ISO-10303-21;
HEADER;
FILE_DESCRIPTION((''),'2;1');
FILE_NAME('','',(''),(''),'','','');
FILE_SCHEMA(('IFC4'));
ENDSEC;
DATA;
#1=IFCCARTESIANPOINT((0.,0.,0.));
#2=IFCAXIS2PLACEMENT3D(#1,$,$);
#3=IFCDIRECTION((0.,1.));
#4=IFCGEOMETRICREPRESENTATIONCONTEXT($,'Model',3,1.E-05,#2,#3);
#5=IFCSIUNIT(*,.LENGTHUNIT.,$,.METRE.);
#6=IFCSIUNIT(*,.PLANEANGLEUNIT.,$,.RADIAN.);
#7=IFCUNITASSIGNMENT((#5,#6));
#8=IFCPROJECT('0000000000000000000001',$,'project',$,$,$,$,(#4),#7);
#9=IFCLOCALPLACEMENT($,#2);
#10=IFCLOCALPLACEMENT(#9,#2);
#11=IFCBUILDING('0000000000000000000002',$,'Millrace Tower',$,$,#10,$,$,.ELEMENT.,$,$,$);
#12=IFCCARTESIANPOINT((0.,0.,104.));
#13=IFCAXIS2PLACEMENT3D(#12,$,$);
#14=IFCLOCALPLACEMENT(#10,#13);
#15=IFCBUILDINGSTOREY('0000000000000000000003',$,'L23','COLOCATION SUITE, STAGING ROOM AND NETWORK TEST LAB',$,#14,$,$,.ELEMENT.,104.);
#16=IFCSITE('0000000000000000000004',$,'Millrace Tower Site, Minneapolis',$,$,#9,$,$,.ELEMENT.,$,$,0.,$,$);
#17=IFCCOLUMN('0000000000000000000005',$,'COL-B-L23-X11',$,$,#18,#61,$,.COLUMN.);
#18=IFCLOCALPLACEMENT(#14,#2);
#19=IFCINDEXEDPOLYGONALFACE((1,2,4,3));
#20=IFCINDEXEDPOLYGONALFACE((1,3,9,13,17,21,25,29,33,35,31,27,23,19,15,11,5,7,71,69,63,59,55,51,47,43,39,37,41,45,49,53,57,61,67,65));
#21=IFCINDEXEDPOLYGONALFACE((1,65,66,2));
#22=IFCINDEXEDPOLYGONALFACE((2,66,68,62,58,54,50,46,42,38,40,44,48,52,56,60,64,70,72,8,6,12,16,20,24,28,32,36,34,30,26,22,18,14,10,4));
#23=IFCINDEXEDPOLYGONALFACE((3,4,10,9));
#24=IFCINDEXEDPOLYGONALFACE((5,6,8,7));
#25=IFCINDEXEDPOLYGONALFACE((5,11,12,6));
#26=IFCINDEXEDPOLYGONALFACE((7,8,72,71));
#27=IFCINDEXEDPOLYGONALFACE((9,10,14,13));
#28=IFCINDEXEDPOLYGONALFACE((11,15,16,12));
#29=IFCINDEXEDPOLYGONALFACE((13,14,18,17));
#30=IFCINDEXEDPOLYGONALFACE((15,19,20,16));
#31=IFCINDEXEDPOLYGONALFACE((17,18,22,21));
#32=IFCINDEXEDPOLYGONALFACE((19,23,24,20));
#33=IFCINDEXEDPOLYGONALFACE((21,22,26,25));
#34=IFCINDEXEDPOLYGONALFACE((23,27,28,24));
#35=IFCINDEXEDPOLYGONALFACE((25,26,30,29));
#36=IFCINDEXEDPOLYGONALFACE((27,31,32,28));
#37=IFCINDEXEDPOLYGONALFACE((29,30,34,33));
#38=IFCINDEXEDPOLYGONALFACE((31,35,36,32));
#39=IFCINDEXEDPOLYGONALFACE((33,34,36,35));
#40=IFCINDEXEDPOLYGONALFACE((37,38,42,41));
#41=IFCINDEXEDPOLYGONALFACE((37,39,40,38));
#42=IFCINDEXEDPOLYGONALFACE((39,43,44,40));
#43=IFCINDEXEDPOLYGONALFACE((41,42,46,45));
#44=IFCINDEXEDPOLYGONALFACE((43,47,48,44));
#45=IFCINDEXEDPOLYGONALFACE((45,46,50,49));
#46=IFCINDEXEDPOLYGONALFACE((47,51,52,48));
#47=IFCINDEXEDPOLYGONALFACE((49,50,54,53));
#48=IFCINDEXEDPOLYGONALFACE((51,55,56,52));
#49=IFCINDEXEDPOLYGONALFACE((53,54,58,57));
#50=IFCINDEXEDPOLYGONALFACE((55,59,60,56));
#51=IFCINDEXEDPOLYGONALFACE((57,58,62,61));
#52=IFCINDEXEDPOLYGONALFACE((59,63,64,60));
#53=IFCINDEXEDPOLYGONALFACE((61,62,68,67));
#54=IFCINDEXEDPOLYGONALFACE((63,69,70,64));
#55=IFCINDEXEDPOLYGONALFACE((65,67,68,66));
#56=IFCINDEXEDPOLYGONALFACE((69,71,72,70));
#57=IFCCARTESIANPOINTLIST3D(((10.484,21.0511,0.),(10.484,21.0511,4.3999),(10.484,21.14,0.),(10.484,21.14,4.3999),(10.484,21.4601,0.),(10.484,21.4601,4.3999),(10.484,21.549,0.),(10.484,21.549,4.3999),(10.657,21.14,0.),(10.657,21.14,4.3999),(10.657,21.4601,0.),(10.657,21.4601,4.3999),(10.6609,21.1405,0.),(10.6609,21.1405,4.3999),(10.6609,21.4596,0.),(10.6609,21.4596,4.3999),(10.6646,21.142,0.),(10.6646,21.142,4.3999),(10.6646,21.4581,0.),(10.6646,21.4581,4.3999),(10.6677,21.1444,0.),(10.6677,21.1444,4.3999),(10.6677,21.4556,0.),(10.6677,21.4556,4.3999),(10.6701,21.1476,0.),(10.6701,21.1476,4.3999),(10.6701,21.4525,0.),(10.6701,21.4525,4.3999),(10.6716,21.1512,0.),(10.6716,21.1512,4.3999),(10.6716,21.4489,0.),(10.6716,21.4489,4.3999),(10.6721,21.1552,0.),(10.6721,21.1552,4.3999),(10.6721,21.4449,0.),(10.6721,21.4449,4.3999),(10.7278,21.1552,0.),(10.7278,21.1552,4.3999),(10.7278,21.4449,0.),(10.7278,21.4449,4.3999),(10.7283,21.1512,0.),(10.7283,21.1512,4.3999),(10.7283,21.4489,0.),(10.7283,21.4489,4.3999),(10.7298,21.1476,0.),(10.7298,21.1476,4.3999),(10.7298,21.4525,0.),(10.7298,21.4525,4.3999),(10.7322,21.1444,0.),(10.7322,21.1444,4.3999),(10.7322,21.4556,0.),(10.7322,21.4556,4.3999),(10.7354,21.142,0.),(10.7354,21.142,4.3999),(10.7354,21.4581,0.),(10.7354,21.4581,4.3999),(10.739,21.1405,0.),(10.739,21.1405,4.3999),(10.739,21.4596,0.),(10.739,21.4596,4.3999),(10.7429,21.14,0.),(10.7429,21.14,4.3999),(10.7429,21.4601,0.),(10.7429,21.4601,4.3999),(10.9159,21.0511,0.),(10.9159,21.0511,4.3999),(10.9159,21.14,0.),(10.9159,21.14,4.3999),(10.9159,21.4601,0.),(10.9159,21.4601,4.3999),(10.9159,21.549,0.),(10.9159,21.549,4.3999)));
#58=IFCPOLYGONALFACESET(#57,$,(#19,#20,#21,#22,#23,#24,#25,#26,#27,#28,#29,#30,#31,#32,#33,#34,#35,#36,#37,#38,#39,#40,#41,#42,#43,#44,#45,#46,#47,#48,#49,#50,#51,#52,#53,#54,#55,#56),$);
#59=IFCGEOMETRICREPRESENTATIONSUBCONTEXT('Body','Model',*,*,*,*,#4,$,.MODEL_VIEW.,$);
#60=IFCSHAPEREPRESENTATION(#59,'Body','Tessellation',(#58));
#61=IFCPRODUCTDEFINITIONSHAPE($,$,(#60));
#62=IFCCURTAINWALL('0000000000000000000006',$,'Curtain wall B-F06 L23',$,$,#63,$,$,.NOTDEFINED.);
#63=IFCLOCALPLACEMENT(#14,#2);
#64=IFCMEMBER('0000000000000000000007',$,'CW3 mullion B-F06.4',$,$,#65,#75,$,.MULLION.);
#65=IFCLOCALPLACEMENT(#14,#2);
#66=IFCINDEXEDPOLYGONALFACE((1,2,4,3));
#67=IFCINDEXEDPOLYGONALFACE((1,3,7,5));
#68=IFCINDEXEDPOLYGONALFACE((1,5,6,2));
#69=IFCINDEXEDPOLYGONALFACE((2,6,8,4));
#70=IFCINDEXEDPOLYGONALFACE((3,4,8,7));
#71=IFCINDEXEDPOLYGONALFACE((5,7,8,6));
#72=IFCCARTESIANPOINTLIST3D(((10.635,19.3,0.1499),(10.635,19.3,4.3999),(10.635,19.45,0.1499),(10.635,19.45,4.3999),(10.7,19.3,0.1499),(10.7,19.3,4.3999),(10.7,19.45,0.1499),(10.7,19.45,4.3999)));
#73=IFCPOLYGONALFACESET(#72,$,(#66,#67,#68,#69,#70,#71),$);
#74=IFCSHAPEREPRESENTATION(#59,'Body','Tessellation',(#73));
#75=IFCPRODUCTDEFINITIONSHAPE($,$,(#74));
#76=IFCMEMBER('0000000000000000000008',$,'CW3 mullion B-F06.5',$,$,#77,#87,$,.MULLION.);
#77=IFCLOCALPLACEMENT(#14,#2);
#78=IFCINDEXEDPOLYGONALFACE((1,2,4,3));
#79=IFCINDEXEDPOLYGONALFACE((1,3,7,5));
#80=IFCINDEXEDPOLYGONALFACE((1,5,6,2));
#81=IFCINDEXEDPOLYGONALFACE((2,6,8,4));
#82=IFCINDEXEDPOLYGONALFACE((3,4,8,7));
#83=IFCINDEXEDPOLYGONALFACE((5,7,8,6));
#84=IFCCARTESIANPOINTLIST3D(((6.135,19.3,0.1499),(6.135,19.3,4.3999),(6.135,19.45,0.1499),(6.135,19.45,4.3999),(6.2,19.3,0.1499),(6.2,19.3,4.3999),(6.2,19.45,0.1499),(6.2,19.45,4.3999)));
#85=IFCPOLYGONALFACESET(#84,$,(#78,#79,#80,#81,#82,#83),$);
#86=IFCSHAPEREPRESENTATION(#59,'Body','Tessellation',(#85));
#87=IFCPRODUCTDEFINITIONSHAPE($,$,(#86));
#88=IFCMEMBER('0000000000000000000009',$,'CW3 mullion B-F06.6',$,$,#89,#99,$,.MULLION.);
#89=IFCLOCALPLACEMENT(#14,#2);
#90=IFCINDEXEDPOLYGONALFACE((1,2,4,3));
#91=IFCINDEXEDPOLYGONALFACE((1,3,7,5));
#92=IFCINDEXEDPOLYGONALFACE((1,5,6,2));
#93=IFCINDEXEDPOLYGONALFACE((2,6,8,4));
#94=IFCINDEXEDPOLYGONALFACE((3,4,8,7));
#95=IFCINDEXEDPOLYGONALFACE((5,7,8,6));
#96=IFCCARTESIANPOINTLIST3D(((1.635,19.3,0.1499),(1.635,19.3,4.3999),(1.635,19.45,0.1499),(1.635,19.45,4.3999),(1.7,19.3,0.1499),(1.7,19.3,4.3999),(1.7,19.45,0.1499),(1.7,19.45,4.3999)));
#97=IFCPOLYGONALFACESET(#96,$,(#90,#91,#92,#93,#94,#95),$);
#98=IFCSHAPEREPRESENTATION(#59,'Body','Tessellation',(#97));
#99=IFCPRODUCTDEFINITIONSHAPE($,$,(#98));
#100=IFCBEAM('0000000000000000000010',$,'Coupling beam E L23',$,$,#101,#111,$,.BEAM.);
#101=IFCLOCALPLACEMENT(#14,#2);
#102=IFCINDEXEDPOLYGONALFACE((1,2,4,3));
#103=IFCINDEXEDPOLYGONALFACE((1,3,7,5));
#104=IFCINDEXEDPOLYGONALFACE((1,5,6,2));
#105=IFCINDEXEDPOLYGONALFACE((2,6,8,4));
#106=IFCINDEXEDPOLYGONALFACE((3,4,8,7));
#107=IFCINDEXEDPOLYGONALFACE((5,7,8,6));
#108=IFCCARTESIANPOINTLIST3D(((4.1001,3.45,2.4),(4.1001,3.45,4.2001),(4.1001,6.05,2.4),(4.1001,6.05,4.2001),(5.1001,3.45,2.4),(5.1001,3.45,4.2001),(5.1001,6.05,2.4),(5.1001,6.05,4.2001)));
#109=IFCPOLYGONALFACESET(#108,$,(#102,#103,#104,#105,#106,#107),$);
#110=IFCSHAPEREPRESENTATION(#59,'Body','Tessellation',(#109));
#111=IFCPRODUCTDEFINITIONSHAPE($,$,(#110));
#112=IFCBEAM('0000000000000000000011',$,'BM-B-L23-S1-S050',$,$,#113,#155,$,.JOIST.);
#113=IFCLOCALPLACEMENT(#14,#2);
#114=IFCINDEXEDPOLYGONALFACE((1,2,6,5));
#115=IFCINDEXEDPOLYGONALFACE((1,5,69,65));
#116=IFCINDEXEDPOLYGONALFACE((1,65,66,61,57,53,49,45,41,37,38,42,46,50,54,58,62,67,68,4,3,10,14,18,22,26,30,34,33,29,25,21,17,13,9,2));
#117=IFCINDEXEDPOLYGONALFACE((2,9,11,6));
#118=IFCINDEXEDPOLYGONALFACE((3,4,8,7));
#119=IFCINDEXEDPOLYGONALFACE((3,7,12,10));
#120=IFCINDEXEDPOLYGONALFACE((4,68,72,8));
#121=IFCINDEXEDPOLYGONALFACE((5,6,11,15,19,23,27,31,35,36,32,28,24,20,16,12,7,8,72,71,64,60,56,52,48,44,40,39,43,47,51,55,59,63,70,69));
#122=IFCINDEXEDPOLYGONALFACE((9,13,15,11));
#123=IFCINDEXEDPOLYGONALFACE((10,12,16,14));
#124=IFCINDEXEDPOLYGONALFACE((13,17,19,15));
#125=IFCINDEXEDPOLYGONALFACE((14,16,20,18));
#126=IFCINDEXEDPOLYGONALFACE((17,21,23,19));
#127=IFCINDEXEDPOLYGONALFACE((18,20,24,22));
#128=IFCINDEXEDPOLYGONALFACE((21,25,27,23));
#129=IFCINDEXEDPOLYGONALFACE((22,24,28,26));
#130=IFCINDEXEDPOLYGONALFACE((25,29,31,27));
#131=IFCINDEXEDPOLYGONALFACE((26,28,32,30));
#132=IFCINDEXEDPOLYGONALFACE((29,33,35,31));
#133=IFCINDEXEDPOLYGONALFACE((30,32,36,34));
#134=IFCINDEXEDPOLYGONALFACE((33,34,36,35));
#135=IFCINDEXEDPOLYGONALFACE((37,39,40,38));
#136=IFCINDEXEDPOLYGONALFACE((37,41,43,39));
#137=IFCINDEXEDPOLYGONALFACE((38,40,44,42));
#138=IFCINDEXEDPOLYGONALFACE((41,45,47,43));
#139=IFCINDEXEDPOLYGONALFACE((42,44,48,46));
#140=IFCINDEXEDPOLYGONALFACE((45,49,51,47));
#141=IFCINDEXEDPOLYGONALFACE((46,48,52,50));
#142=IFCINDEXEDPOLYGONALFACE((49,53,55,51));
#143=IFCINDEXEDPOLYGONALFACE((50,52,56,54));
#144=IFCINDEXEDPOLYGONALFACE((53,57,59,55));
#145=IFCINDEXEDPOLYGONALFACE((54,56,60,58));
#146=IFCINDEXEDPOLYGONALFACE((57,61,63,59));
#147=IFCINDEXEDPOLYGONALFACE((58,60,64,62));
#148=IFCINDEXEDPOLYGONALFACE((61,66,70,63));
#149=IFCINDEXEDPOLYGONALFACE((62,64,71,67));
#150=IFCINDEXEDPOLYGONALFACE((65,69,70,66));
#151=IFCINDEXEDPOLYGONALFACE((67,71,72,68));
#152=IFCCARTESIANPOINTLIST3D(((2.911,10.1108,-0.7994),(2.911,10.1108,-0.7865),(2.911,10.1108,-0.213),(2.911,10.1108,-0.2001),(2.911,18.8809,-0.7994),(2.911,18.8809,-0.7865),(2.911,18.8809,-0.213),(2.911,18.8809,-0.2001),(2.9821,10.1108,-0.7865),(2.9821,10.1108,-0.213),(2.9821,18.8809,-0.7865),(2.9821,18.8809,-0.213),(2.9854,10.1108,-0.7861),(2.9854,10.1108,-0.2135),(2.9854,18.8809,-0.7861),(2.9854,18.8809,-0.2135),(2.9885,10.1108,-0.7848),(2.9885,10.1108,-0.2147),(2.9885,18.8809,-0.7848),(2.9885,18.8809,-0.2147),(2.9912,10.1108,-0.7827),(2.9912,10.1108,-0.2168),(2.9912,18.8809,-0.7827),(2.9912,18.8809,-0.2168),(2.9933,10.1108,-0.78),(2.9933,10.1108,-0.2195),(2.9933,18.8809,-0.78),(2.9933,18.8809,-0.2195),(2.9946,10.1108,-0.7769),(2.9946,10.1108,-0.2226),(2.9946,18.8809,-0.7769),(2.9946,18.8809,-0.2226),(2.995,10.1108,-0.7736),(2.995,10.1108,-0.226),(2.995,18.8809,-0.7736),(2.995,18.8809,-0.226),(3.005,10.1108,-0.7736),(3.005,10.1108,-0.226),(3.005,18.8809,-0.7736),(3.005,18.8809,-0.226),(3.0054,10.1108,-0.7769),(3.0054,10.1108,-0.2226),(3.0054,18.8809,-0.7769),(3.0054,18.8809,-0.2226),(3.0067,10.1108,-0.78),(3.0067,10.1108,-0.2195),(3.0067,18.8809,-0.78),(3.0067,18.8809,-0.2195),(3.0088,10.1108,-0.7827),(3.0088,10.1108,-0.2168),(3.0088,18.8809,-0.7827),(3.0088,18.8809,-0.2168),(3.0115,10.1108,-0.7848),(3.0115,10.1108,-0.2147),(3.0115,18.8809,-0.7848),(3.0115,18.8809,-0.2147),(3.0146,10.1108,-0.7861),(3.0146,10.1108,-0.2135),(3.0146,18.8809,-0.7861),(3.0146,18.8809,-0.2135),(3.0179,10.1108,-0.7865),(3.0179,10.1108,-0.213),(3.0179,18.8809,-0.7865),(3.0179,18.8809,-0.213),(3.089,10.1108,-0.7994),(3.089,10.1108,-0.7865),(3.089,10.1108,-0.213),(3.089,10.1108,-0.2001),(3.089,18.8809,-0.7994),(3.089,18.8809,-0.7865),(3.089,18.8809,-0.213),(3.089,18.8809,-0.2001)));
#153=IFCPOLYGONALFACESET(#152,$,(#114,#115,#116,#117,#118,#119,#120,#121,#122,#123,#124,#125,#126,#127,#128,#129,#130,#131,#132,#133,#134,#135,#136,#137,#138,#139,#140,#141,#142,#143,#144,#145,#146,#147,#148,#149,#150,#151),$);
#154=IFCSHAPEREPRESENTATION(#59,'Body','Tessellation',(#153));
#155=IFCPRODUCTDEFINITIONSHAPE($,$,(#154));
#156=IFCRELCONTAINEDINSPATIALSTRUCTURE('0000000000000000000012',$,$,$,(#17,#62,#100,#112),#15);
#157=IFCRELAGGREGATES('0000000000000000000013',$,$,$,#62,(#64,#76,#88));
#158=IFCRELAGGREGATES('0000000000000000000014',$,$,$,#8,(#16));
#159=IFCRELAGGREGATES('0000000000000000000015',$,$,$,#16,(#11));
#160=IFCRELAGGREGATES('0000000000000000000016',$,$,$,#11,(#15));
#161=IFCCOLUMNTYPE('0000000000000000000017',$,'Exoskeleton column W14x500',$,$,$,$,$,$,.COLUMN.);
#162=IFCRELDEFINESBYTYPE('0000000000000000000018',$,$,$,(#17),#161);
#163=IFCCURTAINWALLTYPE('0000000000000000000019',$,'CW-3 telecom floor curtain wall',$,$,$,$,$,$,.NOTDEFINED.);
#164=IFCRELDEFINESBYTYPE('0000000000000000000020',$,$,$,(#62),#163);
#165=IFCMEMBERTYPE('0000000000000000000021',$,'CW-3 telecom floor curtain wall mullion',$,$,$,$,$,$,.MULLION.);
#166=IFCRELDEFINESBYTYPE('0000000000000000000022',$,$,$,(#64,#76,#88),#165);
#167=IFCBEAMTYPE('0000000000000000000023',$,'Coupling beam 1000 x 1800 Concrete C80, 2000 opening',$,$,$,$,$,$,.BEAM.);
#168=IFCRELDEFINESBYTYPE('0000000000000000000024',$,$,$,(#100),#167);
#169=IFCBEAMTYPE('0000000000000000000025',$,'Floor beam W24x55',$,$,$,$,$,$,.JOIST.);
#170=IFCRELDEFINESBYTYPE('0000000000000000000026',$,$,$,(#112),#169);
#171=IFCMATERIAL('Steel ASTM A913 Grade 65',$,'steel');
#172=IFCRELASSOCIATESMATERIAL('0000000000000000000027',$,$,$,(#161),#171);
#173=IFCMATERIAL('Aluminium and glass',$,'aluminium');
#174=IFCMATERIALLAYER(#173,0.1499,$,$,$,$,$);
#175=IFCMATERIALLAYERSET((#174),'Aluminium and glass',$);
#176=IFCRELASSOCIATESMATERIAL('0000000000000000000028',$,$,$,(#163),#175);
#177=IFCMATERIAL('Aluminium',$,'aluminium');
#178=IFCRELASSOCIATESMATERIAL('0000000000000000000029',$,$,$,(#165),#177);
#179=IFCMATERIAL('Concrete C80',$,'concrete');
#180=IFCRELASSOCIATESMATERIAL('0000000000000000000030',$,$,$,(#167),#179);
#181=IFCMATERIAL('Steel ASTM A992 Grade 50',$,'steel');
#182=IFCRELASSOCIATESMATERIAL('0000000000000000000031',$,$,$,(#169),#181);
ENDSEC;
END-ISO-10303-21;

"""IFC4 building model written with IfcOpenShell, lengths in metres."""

from ifc_helpers import new_model, si_unit, direction, frame, origin, origin_2d, place, context, subcontext, project, spatial, rectangle, i_section, extrude, material, layer, layer_set, material_profile, profile_set, type_object, element, aggregate, save


model = new_model("IFC4")

# Units and contexts
model_context = context("Model", 3, precision=1e-05, world=origin(), true_north=direction((0.0, 1.0)))
body_context = subcontext(model_context, "Body", "Model", "MODEL_VIEW")
ifc_project = project(units=[si_unit("LENGTHUNIT", "METRE"), si_unit("PLANEANGLEUNIT", "RADIAN")], contexts=[model_context])

# Site, building, storey
site_placement = place(None, origin())
site = spatial("IfcSite", under=ifc_project, at=site_placement, Name="Millrace Tower Site, Minneapolis", CompositionType="ELEMENT", RefElevation=0.0)
building_placement = place(site_placement, origin())
building = spatial("IfcBuilding", under=site, at=building_placement, Name="Millrace Tower", CompositionType="ELEMENT")
storey_placement = place(building_placement, frame((0.0, 0.0, 104.0)))
storey = spatial("IfcBuildingStorey", under=building, at=storey_placement, Name="L23", Description="COLOCATION SUITE, STAGING ROOM AND NETWORK TEST LAB", CompositionType="ELEMENT", Elevation=104.0)

# Column
ifc_material_1 = material(Name="Steel ASTM A913 Grade 65", Category="steel")
ifc_material_profile_1 = material_profile(ifc_material_1, i_section(OverallWidth=0.4319, OverallDepth=0.4978, WebThickness=0.0557, FlangeThickness=0.0889, FilletRadius=0.0151, at=origin_2d()))
ifc_profile_set_1 = profile_set([ifc_material_profile_1], Name="Steel ASTM A913 Grade 65")
column_type = type_object("IfcColumnType", Name="Exoskeleton column W14x500", PredefinedType="COLUMN", material=ifc_profile_set_1)
column_placement = place(storey_placement, frame((10.7, 21.3, 0.0), z_axis=(0.0, 0.0, 1.0), x_axis=(-1.0, 0.0, 0.0)))
element("IfcColumn", 1, at=column_placement, inside=storey, type_object=column_type, Name="COL-B-L23-X11", PredefinedType="COLUMN", context=body_context, shape_type="SweptSolid", body=[
    extrude(i_section(OverallWidth=0.4319, OverallDepth=0.4978, WebThickness=0.0557, FlangeThickness=0.0889, FilletRadius=0.0151, at=origin_2d()), origin(), (0.0, 0.0, 1.0), 4.3999),
])

# Curtain wall, members
ifc_material_2 = material(Name="Aluminium and glass", Category="aluminium")
ifc_layer_1 = layer(ifc_material_2, 0.1499)
ifc_layer_set_1 = layer_set([ifc_layer_1], Name="Aluminium and glass")
curtain_wall_type = type_object("IfcCurtainWallType", Name="CW-3 telecom floor curtain wall", PredefinedType="NOTDEFINED", material=ifc_layer_set_1)
curtain_wall_placement = place(storey_placement, origin())
curtain_wall = element("IfcCurtainWall", 2, at=curtain_wall_placement, inside=storey, type_object=curtain_wall_type, Name="Curtain wall B-F06 L23", PredefinedType="NOTDEFINED")
ifc_material_3 = material(Name="Aluminium", Category="aluminium")
ifc_material_profile_2 = material_profile(ifc_material_3, rectangle(XDim=0.0649, YDim=0.1499, at=origin_2d()))
ifc_profile_set_2 = profile_set([ifc_material_profile_2], Name="Aluminium")
member_type = type_object("IfcMemberType", Name="CW-3 telecom floor curtain wall mullion", PredefinedType="MULLION", material=ifc_profile_set_2)
member_1_placement = place(storey_placement, frame((10.6675, 19.375, 0.1499), z_axis=(0.0, 0.0, 1.0), x_axis=(-1.0, 0.0, 0.0)))
member_1 = element("IfcMember", 3, at=member_1_placement, type_object=member_type, Name="CW3 mullion B-F06.4", PredefinedType="MULLION", context=body_context, shape_type="SweptSolid", body=[
    extrude(rectangle(XDim=0.0649, YDim=0.1499, at=origin_2d()), origin(), (0.0, 0.0, 1.0), 4.25),
])
member_2_placement = place(storey_placement, frame((6.1675, 19.375, 0.1499), z_axis=(0.0, 0.0, 1.0), x_axis=(-1.0, 0.0, 0.0)))
member_2 = element("IfcMember", 4, at=member_2_placement, type_object=member_type, Name="CW3 mullion B-F06.5", PredefinedType="MULLION", context=body_context, shape_type="SweptSolid", body=[
    extrude(rectangle(XDim=0.0649, YDim=0.1499, at=origin_2d()), origin(), (0.0, 0.0, 1.0), 4.25),
])
member_3_placement = place(storey_placement, frame((1.6675, 19.375, 0.1499), z_axis=(0.0, 0.0, 1.0), x_axis=(-1.0, 0.0, 0.0)))
member_3 = element("IfcMember", 5, at=member_3_placement, type_object=member_type, Name="CW3 mullion B-F06.6", PredefinedType="MULLION", context=body_context, shape_type="SweptSolid", body=[
    extrude(rectangle(XDim=0.0649, YDim=0.1499, at=origin_2d()), origin(), (0.0, 0.0, 1.0), 4.25),
])
aggregate(curtain_wall, [member_1, member_2, member_3])

# Beams
ifc_material_4 = material(Name="Concrete C80", Category="concrete")
ifc_material_profile_3 = material_profile(ifc_material_4, rectangle(XDim=1.0, YDim=1.8, at=origin_2d()))
ifc_profile_set_3 = profile_set([ifc_material_profile_3], Name="Concrete C80")
beam_type_1 = type_object("IfcBeamType", Name="Coupling beam 1000 x 1800 Concrete C80, 2000 opening", PredefinedType="BEAM", material=ifc_profile_set_3)
beam_1_placement = place(storey_placement, frame((4.6001, 6.05, 3.3), z_axis=(0.0, -1.0, 0.0), x_axis=(1.0, 0.0, 0.0)))
element("IfcBeam", 6, at=beam_1_placement, inside=storey, type_object=beam_type_1, Name="Coupling beam E L23", PredefinedType="BEAM", context=body_context, shape_type="SweptSolid", body=[
    extrude(rectangle(XDim=1.0, YDim=1.8, at=origin_2d()), origin(), (0.0, 0.0, 1.0), 2.6001),
])
ifc_material_5 = material(Name="Steel ASTM A992 Grade 50", Category="steel")
ifc_material_profile_4 = material_profile(ifc_material_5, i_section(OverallWidth=0.178, OverallDepth=0.5994, WebThickness=0.01, FlangeThickness=0.0129, FilletRadius=0.0129, at=origin_2d()))
ifc_profile_set_4 = profile_set([ifc_material_profile_4], Name="Steel ASTM A992 Grade 50")
beam_type_2 = type_object("IfcBeamType", Name="Floor beam W24x55", PredefinedType="JOIST", material=ifc_profile_set_4)
beam_2_placement = place(storey_placement, frame((3.0, 10.1108, -0.4998), z_axis=(0.0, 1.0, 0.0), x_axis=(-1.0, 0.0, 0.0)))
element("IfcBeam", 7, at=beam_2_placement, inside=storey, type_object=beam_type_2, Name="BM-B-L23-S1-S050", PredefinedType="JOIST", context=body_context, shape_type="SweptSolid", body=[
    extrude(i_section(OverallWidth=0.178, OverallDepth=0.5994, WebThickness=0.01, FlangeThickness=0.0129, FilletRadius=0.0129, at=origin_2d()), origin(), (0.0, 0.0, 1.0), 8.77),
])

save(model, "model.ifc")
